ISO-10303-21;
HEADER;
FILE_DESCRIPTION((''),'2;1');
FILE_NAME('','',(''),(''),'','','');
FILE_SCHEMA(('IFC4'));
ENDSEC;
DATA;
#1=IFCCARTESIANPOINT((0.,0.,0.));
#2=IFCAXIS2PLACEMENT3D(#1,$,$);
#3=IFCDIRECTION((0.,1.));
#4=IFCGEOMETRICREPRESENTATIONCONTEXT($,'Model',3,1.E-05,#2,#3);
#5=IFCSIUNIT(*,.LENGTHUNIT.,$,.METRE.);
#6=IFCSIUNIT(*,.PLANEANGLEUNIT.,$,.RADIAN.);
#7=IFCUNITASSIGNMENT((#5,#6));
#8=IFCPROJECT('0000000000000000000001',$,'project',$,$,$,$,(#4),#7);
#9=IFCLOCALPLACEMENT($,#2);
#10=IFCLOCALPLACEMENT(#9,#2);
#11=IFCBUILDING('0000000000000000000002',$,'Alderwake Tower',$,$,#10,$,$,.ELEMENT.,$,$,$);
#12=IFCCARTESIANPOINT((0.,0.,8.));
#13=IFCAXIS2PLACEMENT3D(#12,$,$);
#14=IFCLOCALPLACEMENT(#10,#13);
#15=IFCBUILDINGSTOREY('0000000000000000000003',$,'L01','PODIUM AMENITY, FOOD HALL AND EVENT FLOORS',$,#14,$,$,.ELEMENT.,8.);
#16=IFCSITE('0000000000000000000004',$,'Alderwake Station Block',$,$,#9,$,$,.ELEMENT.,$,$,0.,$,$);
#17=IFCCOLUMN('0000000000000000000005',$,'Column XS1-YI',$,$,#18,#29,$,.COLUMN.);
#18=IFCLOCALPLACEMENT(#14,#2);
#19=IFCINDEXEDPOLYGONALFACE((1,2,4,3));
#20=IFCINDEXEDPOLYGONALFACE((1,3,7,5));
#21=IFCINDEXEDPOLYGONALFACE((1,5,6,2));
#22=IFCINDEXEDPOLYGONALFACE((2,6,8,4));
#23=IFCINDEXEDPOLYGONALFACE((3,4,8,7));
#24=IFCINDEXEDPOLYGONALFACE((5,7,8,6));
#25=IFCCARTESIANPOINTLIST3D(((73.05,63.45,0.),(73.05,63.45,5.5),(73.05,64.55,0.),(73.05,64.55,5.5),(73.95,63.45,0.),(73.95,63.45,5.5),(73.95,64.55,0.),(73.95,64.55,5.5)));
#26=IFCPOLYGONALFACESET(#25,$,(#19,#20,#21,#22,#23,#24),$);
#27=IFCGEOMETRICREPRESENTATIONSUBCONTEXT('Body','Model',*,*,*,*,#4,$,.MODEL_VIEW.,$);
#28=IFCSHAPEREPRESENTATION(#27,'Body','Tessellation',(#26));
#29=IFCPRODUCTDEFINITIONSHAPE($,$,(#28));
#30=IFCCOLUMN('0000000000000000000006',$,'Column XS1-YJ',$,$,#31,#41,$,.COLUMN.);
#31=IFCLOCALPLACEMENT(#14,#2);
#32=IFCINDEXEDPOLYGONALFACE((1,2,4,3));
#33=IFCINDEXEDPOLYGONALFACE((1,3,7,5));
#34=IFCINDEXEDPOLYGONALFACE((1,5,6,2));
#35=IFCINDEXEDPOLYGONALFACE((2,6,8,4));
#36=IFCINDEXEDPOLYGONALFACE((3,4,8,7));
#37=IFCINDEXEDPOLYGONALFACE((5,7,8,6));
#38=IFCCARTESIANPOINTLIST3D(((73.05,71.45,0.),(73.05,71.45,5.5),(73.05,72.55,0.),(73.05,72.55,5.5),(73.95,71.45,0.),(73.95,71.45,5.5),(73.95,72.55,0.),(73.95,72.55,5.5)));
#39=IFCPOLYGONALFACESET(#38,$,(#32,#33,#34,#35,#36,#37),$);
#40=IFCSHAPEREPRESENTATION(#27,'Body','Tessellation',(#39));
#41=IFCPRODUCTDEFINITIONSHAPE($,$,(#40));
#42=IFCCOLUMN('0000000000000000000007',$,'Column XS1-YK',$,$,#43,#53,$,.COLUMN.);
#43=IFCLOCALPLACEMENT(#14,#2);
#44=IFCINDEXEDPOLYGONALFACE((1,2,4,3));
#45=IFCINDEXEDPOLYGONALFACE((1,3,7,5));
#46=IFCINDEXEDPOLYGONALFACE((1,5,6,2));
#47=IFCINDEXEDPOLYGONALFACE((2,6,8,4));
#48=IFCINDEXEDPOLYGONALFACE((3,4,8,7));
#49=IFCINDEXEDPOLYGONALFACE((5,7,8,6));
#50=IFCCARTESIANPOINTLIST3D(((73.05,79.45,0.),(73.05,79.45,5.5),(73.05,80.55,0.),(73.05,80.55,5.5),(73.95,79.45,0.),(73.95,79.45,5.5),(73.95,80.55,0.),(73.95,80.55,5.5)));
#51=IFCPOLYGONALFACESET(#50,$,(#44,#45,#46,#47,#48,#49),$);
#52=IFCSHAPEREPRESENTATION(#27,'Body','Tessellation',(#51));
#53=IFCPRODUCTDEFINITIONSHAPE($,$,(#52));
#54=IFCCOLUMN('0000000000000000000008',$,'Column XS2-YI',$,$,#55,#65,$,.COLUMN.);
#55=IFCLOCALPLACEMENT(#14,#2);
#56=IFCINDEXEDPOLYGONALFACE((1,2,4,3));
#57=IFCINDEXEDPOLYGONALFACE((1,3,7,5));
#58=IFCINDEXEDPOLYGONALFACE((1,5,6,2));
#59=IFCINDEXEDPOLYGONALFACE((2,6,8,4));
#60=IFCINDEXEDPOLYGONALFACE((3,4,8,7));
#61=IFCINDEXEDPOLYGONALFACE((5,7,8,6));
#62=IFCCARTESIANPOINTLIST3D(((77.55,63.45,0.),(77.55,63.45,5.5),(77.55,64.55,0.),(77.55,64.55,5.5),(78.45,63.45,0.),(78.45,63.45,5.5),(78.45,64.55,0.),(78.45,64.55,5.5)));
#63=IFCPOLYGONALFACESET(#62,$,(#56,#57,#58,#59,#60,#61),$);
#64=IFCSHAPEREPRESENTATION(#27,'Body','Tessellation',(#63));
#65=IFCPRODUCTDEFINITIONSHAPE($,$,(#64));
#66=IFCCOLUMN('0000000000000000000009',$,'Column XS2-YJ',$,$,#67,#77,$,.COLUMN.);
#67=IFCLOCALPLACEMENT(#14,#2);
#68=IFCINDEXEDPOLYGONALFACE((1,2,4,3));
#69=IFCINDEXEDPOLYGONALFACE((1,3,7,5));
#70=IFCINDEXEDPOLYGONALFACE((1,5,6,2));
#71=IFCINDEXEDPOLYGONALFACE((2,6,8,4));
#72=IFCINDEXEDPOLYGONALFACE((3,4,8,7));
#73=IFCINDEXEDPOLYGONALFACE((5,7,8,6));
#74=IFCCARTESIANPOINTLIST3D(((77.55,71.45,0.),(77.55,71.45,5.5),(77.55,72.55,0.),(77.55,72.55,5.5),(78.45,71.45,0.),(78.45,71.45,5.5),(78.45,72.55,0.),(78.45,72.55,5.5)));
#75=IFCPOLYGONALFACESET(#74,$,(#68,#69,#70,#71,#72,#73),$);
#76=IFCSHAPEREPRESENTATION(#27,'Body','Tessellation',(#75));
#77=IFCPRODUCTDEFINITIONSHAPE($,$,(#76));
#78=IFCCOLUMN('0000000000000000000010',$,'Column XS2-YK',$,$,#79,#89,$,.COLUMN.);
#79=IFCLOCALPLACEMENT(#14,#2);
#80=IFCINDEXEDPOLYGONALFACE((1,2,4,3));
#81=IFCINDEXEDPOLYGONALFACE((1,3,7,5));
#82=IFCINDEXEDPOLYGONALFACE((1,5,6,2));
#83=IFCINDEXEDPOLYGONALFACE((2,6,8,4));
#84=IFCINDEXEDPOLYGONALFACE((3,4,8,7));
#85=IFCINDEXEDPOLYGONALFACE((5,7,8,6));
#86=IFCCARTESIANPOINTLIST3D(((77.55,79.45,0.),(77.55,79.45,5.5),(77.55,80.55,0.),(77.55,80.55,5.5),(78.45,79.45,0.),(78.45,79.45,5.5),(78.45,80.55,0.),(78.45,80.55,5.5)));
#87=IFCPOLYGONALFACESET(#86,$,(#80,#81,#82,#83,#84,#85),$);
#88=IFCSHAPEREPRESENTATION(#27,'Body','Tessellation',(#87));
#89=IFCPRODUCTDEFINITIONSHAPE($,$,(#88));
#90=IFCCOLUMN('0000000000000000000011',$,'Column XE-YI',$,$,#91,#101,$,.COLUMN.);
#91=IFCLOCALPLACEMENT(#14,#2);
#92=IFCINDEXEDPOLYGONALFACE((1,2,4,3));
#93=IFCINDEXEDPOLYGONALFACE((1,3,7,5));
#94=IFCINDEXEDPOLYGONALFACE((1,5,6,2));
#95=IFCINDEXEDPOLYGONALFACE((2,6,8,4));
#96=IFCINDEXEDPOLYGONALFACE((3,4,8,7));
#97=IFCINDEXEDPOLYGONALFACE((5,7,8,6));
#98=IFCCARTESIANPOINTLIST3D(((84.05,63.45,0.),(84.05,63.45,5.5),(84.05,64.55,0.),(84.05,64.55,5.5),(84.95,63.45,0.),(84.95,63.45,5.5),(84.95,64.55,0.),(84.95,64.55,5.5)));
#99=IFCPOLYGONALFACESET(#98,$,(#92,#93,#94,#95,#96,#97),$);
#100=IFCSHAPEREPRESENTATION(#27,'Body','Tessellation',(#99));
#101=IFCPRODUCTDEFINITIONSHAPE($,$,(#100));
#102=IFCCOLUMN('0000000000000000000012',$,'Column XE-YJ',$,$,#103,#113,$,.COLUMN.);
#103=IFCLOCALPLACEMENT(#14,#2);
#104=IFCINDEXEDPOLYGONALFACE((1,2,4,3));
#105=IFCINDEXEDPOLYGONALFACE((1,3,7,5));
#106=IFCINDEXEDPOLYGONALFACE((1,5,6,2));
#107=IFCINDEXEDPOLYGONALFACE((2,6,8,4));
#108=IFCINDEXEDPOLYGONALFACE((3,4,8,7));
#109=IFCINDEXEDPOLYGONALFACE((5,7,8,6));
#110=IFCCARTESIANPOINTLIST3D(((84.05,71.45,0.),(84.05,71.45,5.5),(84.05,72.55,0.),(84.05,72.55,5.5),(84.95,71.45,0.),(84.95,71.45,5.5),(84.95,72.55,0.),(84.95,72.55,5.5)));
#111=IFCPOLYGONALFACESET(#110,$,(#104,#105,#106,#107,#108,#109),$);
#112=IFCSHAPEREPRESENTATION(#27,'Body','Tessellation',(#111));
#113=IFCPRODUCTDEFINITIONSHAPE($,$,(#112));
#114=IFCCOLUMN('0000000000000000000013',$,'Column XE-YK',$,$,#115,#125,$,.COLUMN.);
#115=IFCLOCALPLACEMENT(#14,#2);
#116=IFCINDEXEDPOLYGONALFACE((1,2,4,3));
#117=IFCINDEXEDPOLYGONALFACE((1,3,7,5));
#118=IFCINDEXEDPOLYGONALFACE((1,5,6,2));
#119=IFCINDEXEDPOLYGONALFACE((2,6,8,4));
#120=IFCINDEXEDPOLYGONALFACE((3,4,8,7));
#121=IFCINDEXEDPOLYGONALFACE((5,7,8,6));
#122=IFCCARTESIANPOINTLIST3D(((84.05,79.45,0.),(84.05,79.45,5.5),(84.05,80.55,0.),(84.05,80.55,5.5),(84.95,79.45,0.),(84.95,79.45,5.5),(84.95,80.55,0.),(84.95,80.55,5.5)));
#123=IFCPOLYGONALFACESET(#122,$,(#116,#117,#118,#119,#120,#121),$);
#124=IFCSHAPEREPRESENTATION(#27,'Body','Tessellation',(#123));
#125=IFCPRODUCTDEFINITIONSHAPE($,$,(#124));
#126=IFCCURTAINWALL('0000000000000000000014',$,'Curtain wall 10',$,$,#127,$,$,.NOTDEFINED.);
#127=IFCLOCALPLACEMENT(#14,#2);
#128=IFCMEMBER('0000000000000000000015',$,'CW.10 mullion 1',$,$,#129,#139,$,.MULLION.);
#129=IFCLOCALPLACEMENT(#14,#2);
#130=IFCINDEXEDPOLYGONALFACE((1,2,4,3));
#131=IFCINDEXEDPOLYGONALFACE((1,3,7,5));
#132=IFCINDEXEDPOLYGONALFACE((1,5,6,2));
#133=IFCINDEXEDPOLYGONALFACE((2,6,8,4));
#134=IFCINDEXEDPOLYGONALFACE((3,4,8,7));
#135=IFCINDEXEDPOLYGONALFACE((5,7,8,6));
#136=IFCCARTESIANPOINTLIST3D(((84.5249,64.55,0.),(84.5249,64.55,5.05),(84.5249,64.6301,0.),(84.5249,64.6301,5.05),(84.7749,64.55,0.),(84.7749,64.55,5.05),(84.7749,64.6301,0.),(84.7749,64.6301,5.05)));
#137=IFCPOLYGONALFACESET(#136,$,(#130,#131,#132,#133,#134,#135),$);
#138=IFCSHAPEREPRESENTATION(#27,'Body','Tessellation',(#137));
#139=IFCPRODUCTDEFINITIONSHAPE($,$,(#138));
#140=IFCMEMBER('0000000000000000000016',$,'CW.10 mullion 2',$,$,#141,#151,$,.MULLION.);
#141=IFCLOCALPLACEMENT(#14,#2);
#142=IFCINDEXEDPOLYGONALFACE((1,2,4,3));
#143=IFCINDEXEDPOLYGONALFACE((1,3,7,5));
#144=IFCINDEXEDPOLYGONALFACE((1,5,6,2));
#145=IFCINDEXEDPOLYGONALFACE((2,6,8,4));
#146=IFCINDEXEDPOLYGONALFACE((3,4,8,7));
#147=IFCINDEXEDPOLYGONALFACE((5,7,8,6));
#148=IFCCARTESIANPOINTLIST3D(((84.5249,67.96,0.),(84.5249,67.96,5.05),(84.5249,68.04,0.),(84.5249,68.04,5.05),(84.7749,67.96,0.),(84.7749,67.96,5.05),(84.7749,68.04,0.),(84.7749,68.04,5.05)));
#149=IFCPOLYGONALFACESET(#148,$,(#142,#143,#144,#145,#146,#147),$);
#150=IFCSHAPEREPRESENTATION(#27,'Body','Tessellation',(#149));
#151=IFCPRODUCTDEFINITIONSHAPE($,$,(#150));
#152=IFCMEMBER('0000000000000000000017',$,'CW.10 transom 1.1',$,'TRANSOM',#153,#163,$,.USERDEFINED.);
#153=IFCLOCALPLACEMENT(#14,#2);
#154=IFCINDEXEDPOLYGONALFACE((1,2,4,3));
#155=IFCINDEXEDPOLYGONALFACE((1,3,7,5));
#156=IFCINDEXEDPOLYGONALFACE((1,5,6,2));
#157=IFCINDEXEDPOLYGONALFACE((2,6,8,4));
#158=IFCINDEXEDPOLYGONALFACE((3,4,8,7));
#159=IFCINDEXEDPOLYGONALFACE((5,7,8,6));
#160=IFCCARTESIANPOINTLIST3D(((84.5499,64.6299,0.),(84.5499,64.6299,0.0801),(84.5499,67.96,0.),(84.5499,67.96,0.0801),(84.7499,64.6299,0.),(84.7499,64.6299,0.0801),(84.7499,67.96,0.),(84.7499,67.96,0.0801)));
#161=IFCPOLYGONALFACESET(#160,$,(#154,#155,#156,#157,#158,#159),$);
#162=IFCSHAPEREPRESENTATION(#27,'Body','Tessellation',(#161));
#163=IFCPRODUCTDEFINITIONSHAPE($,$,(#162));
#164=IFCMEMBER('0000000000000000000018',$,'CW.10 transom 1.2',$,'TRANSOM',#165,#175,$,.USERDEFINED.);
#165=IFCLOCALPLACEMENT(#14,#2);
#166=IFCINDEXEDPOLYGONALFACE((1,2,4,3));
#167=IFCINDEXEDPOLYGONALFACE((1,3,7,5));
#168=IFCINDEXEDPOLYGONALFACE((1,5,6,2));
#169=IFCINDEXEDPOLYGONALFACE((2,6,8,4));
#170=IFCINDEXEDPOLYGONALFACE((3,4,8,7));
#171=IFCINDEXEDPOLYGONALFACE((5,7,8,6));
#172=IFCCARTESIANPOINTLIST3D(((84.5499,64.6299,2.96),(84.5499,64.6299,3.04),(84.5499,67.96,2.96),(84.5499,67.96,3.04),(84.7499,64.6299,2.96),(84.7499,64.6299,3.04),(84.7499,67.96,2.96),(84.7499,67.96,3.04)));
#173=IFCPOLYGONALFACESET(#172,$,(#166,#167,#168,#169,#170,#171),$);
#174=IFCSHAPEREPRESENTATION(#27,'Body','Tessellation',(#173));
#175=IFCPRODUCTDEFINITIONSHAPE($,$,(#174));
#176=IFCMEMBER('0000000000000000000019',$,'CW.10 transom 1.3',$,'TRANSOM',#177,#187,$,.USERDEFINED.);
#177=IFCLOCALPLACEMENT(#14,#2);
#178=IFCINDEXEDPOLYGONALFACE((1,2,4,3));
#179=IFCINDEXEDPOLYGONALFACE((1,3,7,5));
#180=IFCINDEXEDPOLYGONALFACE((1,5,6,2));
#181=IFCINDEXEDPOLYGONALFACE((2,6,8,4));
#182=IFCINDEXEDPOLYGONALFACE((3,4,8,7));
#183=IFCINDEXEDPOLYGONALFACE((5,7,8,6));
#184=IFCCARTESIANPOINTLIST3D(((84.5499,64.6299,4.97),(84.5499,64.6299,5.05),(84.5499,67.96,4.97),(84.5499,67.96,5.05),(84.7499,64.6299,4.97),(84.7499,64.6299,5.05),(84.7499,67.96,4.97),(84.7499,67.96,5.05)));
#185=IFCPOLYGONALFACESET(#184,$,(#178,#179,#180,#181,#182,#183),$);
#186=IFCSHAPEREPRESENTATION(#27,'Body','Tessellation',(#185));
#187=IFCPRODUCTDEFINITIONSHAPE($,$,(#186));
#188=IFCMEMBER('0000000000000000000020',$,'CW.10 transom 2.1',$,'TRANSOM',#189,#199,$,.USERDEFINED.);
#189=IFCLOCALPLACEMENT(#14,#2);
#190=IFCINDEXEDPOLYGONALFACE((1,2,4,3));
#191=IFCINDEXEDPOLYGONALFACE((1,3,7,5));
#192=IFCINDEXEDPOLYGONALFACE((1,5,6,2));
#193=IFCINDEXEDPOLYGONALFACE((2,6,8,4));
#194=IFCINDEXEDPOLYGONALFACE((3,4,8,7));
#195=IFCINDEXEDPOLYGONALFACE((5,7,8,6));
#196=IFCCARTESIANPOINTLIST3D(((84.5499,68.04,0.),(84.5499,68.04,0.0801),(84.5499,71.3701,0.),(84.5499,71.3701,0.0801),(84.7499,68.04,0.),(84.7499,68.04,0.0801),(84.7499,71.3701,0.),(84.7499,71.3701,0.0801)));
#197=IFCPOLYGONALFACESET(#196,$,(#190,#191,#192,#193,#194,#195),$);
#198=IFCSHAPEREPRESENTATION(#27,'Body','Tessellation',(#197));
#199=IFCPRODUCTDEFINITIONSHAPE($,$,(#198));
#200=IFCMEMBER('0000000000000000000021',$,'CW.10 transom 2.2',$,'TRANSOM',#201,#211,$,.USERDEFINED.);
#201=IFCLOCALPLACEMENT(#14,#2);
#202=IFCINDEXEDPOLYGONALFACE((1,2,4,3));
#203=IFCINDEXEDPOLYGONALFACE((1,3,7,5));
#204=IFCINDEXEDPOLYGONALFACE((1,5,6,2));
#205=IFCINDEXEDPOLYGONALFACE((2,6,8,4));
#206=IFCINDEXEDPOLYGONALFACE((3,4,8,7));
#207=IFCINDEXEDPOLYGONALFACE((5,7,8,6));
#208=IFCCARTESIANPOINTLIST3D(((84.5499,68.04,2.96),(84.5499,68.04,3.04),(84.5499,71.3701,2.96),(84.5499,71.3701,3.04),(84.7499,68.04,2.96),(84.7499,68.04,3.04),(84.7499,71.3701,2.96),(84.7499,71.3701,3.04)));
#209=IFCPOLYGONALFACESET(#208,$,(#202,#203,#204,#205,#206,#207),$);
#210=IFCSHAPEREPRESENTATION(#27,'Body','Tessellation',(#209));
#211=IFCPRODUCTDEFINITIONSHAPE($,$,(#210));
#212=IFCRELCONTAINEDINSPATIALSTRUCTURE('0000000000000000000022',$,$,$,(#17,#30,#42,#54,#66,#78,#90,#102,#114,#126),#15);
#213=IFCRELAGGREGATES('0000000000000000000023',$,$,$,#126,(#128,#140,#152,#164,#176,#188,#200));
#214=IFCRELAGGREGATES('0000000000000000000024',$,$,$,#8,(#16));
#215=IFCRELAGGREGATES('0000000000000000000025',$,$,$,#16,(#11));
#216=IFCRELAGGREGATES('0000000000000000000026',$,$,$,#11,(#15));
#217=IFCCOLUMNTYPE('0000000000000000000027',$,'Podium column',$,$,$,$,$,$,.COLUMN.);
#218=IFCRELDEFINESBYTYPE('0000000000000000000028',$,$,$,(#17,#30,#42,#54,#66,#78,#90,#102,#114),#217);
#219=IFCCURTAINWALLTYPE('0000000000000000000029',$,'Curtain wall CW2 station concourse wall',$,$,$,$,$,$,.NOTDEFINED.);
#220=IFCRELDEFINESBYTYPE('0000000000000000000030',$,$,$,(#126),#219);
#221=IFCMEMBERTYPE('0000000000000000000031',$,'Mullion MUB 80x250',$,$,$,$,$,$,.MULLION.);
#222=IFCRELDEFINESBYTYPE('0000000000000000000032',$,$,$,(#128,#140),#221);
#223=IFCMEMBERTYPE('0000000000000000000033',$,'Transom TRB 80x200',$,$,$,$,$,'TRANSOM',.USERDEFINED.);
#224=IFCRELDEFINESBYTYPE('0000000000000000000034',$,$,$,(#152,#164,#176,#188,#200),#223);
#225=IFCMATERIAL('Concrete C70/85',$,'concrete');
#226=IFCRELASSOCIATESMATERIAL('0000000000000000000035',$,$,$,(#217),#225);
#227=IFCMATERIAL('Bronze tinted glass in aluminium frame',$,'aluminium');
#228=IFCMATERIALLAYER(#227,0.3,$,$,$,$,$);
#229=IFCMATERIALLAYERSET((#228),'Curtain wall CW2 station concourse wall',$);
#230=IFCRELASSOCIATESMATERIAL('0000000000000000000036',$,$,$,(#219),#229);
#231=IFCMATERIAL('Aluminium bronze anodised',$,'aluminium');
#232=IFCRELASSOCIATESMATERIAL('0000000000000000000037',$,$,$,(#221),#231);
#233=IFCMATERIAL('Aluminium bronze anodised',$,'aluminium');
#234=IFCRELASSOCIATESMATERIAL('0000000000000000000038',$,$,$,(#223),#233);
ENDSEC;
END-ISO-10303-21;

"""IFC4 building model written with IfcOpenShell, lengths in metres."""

from ifc_helpers import new_model, si_unit, direction, frame, origin, origin_2d, place, context, subcontext, project, spatial, rectangle, extrude, material, layer, layer_set, material_profile, profile_set, type_object, element, aggregate, save


model = new_model("IFC4")

# Units and contexts
model_context = context("Model", 3, precision=1e-05, world=origin(), true_north=direction((0.0, 1.0)))
body_context = subcontext(model_context, "Body", "Model", "MODEL_VIEW")
ifc_project = project(units=[si_unit("LENGTHUNIT", "METRE"), si_unit("PLANEANGLEUNIT", "RADIAN")], contexts=[model_context])

# Site, building, storey
site_placement = place(None, origin())
site = spatial("IfcSite", under=ifc_project, at=site_placement, Name="Alderwake Station Block", CompositionType="ELEMENT", RefElevation=0.0)
building_placement = place(site_placement, origin())
building = spatial("IfcBuilding", under=site, at=building_placement, Name="Alderwake Tower", CompositionType="ELEMENT")
storey_placement = place(building_placement, frame((0.0, 0.0, 8.0)))
storey = spatial("IfcBuildingStorey", under=building, at=storey_placement, Name="L01", Description="PODIUM AMENITY, FOOD HALL AND EVENT FLOORS", CompositionType="ELEMENT", Elevation=8.0)

# Columns
ifc_material_1 = material(Name="Concrete C70/85", Category="concrete")
ifc_material_profile_1 = material_profile(ifc_material_1, rectangle(XDim=0.8999, YDim=1.1001, at=origin_2d()), Name="RC 1100X900")
ifc_profile_set_1 = profile_set([ifc_material_profile_1], Name="Concrete C70/85")
column_type = type_object("IfcColumnType", Name="Podium column", PredefinedType="COLUMN", material=ifc_profile_set_1)
for number, where, z_axis, x_axis, name in (
    (1, (73.5, 64.0, 0.0), (0.0, 0.0, 1.0), (1.0, 0.0, 0.0), "Column XS1-YI"),
    (2, (73.5, 72.0, 0.0), (0.0, 0.0, 1.0), (1.0, 0.0, 0.0), "Column XS1-YJ"),
    (3, (73.5, 80.0, 0.0), (0.0, 0.0, 1.0), (1.0, 0.0, 0.0), "Column XS1-YK"),
    (4, (78.0, 64.0, 0.0), (0.0, 0.0, 1.0), (1.0, 0.0, 0.0), "Column XS2-YI"),
    (5, (78.0, 72.0, 0.0), (0.0, 0.0, 1.0), (1.0, 0.0, 0.0), "Column XS2-YJ"),
    (6, (78.0, 80.0, 0.0), (0.0, 0.0, 1.0), (1.0, 0.0, 0.0), "Column XS2-YK"),
    (7, (84.5, 64.0, 0.0), (0.0, 0.0, 1.0), (1.0, 0.0, 0.0), "Column XE-YI"),
    (8, (84.5, 72.0, 0.0), (0.0, 0.0, 1.0), (1.0, 0.0, 0.0), "Column XE-YJ"),
    (9, (84.5, 80.0, 0.0), (0.0, 0.0, 1.0), (1.0, 0.0, 0.0), "Column XE-YK"),
):
    element("IfcColumn", number, at=place(storey_placement, frame(where, z_axis=z_axis, x_axis=x_axis)), inside=storey, type_object=column_type, Name=name, PredefinedType="COLUMN", context=body_context, shape_type="SweptSolid", body=[
        extrude(rectangle(XDim=0.8999, YDim=1.1001, at=origin_2d()), origin(), (0.0, 0.0, 1.0), 5.5),
    ])

# Curtain wall, members
ifc_material_2 = material(Name="Bronze tinted glass in aluminium frame", Category="aluminium")
ifc_layer_1 = layer(ifc_material_2, 0.3)
ifc_layer_set_1 = layer_set([ifc_layer_1], Name="Curtain wall CW2 station concourse wall")
curtain_wall_type = type_object("IfcCurtainWallType", Name="Curtain wall CW2 station concourse wall", PredefinedType="NOTDEFINED", material=ifc_layer_set_1)
curtain_wall_placement = place(storey_placement, origin())
curtain_wall = element("IfcCurtainWall", 10, at=curtain_wall_placement, inside=storey, type_object=curtain_wall_type, Name="Curtain wall 10", PredefinedType="NOTDEFINED")
ifc_material_3 = material(Name="Aluminium bronze anodised", Category="aluminium")
ifc_material_profile_2 = material_profile(ifc_material_3, rectangle(XDim=0.25, YDim=0.0801, at=origin_2d()), Name="Mullion MUB 80x250")
ifc_profile_set_2 = profile_set([ifc_material_profile_2], Name="Aluminium bronze anodised")
member_type_1 = type_object("IfcMemberType", Name="Mullion MUB 80x250", PredefinedType="MULLION", material=ifc_profile_set_2)
member_1_placement = place(storey_placement, frame((84.6499, 64.5901, 0.0), z_axis=(0.0, 0.0, 1.0), x_axis=(-1.0, 0.0, 0.0)))
member_1 = element("IfcMember", 11, at=member_1_placement, type_object=member_type_1, Name="CW.10 mullion 1", PredefinedType="MULLION", context=body_context, shape_type="SweptSolid", body=[
    extrude(rectangle(XDim=0.25, YDim=0.0801, at=origin_2d()), origin(), (0.0, 0.0, 1.0), 5.05),
])
member_2_placement = place(storey_placement, frame((84.6499, 68.0, 0.0), z_axis=(0.0, 0.0, 1.0), x_axis=(-1.0, 0.0, 0.0)))
member_2 = element("IfcMember", 12, at=member_2_placement, type_object=member_type_1, Name="CW.10 mullion 2", PredefinedType="MULLION", context=body_context, shape_type="SweptSolid", body=[
    extrude(rectangle(XDim=0.25, YDim=0.0801, at=origin_2d()), origin(), (0.0, 0.0, 1.0), 5.05),
])
ifc_material_4 = material(Name="Aluminium bronze anodised", Category="aluminium")
ifc_material_profile_3 = material_profile(ifc_material_4, rectangle(XDim=0.2, YDim=0.0801, at=origin_2d()), Name="Transom TRB 80x200")
ifc_profile_set_3 = profile_set([ifc_material_profile_3], Name="Aluminium bronze anodised")
member_type_2 = type_object("IfcMemberType", Name="Transom TRB 80x200", ElementType="TRANSOM", PredefinedType="USERDEFINED", material=ifc_profile_set_3)
member_3_placement = place(storey_placement, frame((84.6499, 64.6299, 0.04), z_axis=(0.0, 1.0, 0.0), x_axis=(-1.0, 0.0, 0.0)))
member_3 = element("IfcMember", 13, at=member_3_placement, type_object=member_type_2, Name="CW.10 transom 1.1", ObjectType="TRANSOM", PredefinedType="USERDEFINED", context=body_context, shape_type="SweptSolid", body=[
    extrude(rectangle(XDim=0.2, YDim=0.0801, at=origin_2d()), origin(), (0.0, 0.0, 1.0), 3.3301),
])
member_4_placement = place(storey_placement, frame((84.6499, 64.6299, 3.0), z_axis=(0.0, 1.0, 0.0), x_axis=(-1.0, 0.0, 0.0)))
member_4 = element("IfcMember", 14, at=member_4_placement, type_object=member_type_2, Name="CW.10 transom 1.2", ObjectType="TRANSOM", PredefinedType="USERDEFINED", context=body_context, shape_type="SweptSolid", body=[
    extrude(rectangle(XDim=0.2, YDim=0.0801, at=origin_2d()), origin(), (0.0, 0.0, 1.0), 3.3301),
])
member_5_placement = place(storey_placement, frame((84.6499, 64.6299, 5.01), z_axis=(0.0, 1.0, 0.0), x_axis=(-1.0, 0.0, 0.0)))
member_5 = element("IfcMember", 15, at=member_5_placement, type_object=member_type_2, Name="CW.10 transom 1.3", ObjectType="TRANSOM", PredefinedType="USERDEFINED", context=body_context, shape_type="SweptSolid", body=[
    extrude(rectangle(XDim=0.2, YDim=0.0801, at=origin_2d()), origin(), (0.0, 0.0, 1.0), 3.3301),
])
member_6_placement = place(storey_placement, frame((84.6499, 68.04, 0.04), z_axis=(0.0, 1.0, 0.0), x_axis=(-1.0, 0.0, 0.0)))
member_6 = element("IfcMember", 16, at=member_6_placement, type_object=member_type_2, Name="CW.10 transom 2.1", ObjectType="TRANSOM", PredefinedType="USERDEFINED", context=body_context, shape_type="SweptSolid", body=[
    extrude(rectangle(XDim=0.2, YDim=0.0801, at=origin_2d()), origin(), (0.0, 0.0, 1.0), 3.3301),
])
member_7_placement = place(storey_placement, frame((84.6499, 68.04, 3.0), z_axis=(0.0, 1.0, 0.0), x_axis=(-1.0, 0.0, 0.0)))
member_7 = element("IfcMember", 17, at=member_7_placement, type_object=member_type_2, Name="CW.10 transom 2.2", ObjectType="TRANSOM", PredefinedType="USERDEFINED", context=body_context, shape_type="SweptSolid", body=[
    extrude(rectangle(XDim=0.2, YDim=0.0801, at=origin_2d()), origin(), (0.0, 0.0, 1.0), 3.3301),
])
aggregate(curtain_wall, [member_1, member_2, member_3, member_4, member_5, member_6, member_7])

save(model, "model.ifc")
